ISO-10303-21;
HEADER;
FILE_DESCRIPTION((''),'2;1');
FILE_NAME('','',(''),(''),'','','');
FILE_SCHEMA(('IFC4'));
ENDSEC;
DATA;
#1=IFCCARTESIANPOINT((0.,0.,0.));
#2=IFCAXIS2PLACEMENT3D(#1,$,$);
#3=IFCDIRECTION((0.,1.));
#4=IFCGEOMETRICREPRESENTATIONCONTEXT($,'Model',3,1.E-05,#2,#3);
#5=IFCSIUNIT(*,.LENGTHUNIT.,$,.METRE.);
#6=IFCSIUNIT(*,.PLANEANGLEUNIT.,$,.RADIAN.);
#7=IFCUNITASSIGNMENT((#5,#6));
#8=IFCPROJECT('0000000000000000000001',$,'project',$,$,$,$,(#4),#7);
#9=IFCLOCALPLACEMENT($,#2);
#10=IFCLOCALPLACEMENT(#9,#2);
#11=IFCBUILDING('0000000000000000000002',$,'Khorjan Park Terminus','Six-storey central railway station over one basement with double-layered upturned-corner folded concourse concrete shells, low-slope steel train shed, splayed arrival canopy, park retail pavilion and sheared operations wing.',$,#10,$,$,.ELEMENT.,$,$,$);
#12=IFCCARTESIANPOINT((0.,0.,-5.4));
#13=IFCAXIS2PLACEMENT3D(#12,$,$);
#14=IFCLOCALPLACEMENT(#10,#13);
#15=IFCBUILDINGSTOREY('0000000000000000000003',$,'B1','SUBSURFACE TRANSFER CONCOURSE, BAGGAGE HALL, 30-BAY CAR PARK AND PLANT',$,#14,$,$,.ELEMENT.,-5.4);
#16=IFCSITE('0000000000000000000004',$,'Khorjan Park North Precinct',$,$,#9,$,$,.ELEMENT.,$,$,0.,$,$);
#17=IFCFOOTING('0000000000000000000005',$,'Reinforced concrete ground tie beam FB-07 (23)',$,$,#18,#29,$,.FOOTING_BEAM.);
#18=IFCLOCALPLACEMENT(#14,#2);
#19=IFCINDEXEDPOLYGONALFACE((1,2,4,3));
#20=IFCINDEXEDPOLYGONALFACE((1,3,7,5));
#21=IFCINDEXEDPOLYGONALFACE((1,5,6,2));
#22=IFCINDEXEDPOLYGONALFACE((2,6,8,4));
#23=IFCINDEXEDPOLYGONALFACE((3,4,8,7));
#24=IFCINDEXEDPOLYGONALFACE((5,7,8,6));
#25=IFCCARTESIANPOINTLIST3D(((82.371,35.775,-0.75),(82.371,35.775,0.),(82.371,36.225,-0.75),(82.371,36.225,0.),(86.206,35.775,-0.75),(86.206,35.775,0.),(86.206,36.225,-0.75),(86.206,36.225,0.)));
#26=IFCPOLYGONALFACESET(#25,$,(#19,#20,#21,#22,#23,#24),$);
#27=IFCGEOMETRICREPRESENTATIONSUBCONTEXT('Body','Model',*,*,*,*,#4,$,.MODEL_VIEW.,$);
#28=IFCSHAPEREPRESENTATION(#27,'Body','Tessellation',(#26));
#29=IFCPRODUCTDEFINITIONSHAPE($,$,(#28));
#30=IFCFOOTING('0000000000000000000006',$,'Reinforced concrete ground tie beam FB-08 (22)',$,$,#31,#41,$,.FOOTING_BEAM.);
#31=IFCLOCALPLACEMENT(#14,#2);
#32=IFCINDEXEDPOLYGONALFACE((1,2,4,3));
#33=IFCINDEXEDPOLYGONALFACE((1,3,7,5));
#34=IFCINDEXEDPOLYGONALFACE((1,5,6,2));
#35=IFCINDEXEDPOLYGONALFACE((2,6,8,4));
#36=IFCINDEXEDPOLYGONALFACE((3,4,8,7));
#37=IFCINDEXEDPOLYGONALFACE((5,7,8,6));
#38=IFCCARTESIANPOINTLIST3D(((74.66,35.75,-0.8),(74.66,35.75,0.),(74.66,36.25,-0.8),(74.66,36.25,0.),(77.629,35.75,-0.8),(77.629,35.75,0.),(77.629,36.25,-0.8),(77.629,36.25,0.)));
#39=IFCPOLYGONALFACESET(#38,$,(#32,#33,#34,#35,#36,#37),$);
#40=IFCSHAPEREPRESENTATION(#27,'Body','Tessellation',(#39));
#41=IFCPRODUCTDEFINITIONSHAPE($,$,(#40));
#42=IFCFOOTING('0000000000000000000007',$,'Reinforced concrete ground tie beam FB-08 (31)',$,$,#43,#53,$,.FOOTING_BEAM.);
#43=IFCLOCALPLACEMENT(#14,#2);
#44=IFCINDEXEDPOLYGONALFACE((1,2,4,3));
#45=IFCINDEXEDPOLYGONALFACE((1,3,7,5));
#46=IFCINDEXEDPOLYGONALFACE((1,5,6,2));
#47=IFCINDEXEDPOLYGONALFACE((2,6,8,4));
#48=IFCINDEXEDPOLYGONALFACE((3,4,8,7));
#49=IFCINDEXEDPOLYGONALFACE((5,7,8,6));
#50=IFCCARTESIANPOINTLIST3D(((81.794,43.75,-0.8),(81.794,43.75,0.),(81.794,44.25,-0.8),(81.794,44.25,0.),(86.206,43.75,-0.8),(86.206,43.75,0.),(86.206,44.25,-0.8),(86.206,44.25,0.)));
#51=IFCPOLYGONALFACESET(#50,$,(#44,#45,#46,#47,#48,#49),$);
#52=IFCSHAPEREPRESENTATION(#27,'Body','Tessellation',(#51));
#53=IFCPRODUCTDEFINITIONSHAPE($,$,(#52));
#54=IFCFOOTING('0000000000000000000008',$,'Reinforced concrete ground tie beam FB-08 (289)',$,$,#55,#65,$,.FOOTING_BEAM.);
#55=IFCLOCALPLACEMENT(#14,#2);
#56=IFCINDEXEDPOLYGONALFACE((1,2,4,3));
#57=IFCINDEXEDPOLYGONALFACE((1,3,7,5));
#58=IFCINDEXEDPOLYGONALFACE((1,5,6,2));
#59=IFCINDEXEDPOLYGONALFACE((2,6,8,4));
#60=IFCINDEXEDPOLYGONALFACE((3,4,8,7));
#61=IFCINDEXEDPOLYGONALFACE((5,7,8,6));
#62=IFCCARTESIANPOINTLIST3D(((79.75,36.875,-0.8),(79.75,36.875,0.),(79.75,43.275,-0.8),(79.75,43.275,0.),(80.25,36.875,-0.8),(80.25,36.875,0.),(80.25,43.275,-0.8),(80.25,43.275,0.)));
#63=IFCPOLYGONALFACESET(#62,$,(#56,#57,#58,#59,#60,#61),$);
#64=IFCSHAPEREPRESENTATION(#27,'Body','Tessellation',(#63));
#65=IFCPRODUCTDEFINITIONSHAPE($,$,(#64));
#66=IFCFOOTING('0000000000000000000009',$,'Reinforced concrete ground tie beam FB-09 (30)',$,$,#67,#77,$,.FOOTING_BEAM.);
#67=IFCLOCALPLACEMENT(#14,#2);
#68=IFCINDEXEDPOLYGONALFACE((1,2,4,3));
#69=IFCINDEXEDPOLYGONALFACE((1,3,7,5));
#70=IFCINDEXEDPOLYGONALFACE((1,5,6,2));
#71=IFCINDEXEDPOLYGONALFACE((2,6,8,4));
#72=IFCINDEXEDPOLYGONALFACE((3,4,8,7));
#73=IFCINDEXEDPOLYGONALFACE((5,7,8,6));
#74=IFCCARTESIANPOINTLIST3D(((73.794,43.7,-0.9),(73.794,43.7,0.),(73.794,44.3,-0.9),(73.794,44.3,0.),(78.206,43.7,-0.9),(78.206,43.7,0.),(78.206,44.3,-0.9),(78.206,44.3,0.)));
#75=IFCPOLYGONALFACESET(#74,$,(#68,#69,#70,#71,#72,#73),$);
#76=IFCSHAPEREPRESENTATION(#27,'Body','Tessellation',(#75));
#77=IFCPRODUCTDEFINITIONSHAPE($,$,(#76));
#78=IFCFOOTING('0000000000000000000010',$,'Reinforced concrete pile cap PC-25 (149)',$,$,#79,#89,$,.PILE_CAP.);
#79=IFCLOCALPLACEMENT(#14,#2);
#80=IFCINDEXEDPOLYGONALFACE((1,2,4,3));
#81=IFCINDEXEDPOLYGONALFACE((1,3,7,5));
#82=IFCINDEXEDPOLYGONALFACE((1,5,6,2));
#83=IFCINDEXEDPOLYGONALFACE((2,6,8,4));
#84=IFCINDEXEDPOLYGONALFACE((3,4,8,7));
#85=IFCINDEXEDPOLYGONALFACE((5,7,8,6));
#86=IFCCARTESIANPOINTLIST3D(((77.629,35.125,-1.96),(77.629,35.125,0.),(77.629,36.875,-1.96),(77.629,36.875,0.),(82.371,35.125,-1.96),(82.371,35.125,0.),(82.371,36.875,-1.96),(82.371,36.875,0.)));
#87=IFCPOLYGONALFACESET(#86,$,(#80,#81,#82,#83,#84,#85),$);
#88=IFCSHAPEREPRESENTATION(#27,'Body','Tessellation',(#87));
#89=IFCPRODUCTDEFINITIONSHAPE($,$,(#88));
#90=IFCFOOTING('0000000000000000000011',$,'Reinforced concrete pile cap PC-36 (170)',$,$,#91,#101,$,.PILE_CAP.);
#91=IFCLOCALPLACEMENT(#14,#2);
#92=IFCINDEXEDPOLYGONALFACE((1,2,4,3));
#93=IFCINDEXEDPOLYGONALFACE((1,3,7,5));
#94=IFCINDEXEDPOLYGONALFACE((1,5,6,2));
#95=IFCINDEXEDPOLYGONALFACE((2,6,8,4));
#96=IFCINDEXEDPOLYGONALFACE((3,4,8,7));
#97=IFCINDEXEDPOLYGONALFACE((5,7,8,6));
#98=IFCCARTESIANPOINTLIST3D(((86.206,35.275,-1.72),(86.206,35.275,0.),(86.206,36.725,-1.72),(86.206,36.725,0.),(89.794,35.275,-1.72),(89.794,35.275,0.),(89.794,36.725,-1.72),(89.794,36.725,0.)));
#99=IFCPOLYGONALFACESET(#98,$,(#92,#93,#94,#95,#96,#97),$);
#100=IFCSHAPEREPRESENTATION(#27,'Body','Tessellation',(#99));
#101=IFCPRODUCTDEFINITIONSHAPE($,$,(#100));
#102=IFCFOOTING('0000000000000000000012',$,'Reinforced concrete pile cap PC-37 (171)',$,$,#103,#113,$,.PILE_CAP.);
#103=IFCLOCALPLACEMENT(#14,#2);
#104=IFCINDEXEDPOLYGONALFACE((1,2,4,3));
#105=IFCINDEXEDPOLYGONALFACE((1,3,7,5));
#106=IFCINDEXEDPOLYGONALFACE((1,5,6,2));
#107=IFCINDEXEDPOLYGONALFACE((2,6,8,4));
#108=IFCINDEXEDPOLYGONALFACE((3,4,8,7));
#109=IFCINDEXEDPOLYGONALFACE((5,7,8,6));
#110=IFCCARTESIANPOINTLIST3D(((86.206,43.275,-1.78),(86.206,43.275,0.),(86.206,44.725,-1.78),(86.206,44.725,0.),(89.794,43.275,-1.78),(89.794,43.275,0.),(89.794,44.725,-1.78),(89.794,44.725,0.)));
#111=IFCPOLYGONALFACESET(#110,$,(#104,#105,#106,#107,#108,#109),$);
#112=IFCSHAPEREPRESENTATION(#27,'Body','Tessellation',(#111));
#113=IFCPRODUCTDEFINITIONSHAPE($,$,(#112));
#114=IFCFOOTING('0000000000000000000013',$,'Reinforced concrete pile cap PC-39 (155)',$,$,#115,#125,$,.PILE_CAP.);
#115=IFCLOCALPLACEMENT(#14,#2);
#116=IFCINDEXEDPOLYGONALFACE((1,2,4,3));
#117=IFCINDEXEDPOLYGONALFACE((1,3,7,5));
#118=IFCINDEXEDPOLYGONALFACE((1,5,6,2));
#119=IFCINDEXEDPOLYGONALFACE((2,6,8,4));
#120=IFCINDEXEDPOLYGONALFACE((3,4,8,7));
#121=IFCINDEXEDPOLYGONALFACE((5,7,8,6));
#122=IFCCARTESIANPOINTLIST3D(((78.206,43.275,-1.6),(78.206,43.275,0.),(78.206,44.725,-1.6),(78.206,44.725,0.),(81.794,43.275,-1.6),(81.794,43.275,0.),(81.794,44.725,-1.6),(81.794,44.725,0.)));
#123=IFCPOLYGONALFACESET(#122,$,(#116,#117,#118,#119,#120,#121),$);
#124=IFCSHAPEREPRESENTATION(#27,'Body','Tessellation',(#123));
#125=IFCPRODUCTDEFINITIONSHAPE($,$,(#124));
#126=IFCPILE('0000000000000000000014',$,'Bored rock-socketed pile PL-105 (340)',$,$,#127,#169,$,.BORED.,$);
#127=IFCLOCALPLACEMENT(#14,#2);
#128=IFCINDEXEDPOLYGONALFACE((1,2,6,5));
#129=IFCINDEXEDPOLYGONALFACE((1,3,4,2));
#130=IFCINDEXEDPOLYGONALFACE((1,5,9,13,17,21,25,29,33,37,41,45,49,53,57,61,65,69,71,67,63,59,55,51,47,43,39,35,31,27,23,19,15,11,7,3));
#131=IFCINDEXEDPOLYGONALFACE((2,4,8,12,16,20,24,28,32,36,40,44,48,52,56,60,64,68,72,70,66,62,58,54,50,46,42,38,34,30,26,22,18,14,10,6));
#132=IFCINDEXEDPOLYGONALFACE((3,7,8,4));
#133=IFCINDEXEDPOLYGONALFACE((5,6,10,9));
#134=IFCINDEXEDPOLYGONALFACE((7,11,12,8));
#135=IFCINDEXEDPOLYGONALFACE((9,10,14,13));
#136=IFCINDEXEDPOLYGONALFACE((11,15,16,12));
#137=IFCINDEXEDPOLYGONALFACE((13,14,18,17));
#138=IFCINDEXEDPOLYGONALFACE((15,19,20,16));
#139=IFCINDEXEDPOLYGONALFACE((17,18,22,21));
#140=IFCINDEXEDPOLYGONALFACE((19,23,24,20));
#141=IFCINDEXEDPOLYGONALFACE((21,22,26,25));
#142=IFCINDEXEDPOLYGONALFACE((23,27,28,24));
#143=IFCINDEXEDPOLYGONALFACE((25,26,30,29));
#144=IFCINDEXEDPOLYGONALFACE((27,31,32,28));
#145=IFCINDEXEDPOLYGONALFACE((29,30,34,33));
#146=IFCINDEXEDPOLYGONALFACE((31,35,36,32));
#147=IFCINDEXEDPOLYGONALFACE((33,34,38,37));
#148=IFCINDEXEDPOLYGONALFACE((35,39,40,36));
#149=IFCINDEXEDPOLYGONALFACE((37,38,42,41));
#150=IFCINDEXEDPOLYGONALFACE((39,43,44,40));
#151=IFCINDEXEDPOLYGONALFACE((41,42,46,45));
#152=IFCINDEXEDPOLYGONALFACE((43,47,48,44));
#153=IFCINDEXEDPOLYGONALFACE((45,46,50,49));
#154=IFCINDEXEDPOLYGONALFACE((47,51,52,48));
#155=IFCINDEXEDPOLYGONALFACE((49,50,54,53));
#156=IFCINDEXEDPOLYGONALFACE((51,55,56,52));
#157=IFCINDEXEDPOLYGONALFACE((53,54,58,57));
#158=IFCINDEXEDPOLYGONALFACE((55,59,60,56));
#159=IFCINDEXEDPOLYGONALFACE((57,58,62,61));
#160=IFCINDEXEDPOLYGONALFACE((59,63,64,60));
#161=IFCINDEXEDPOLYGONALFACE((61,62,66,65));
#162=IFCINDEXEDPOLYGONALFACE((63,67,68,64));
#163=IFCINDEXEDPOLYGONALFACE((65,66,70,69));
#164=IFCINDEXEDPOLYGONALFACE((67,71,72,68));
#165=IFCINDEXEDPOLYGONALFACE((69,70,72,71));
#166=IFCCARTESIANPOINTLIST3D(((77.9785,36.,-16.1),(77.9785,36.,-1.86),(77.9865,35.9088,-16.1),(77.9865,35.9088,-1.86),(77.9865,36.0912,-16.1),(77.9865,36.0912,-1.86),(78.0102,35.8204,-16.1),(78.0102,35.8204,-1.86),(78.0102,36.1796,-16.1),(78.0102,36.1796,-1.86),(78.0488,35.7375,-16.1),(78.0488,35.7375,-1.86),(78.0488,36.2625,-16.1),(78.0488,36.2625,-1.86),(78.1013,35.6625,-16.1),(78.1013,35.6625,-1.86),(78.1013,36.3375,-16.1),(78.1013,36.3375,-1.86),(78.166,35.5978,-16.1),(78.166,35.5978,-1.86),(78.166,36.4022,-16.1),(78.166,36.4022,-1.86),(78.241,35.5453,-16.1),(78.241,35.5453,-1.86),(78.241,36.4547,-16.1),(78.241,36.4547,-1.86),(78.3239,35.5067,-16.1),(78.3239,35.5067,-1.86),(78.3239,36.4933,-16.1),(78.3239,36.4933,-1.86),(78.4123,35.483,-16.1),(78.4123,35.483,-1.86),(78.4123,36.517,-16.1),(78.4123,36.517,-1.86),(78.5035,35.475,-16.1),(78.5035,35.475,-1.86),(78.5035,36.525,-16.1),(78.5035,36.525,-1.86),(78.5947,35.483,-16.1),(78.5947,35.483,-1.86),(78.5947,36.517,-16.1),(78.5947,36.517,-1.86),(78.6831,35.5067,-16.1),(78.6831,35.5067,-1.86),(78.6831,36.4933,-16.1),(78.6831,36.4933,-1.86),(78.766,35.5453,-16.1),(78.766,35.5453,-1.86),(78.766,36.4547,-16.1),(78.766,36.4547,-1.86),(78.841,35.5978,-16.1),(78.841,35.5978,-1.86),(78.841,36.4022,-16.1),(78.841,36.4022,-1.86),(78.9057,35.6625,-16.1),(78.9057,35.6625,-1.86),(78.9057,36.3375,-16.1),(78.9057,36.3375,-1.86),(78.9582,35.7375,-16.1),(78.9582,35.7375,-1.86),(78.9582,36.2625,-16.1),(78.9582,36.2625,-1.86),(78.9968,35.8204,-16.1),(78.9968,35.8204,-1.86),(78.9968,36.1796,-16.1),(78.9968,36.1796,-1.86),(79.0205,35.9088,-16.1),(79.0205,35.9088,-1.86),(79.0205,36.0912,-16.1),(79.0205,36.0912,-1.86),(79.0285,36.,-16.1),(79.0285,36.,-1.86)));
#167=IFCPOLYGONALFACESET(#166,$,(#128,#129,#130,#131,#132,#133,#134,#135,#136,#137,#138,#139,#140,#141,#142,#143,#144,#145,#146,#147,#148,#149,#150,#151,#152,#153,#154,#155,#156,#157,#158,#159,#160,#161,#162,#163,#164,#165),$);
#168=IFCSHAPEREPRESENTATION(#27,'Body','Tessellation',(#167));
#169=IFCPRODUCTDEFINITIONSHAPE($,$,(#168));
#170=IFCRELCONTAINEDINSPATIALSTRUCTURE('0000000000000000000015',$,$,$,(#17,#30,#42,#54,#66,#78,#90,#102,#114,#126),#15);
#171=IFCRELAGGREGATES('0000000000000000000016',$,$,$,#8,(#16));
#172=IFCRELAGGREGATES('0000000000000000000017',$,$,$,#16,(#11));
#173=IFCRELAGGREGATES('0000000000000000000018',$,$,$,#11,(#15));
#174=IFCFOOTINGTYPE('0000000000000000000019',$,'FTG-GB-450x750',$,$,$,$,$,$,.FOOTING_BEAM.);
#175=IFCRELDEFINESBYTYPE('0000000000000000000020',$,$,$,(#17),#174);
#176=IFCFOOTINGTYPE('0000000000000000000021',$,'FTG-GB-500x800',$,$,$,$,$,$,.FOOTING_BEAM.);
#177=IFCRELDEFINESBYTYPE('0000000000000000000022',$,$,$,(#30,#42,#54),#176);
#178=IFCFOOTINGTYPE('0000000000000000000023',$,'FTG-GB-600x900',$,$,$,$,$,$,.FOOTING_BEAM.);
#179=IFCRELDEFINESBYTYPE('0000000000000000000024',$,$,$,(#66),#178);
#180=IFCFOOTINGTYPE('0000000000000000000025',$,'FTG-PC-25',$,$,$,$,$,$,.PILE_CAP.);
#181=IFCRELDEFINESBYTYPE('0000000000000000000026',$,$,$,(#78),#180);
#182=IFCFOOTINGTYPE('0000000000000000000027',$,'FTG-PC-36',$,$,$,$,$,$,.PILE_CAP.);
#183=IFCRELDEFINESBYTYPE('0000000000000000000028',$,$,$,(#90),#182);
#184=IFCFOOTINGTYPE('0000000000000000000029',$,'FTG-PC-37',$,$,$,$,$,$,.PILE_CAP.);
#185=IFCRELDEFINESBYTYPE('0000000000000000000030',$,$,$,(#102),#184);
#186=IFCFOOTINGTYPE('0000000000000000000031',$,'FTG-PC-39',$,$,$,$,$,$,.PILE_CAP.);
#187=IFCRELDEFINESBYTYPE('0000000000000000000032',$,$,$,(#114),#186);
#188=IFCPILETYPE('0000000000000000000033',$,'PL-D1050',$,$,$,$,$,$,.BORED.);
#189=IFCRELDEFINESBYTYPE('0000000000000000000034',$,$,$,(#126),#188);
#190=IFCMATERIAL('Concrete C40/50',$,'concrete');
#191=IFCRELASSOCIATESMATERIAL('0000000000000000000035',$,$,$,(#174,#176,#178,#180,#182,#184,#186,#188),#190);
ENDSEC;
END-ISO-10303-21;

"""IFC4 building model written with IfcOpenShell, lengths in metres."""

from ifc_helpers import new_model, si_unit, direction, frame, origin, origin_2d, place, context, subcontext, project, spatial, rectangle, circle, extrude, material, material_profile, profile_set, type_object, element, save


model = new_model("IFC4")

# Units and contexts
model_context = context("Model", 3, precision=1e-05, world=origin(), true_north=direction((0.0, 1.0)))
body_context = subcontext(model_context, "Body", "Model", "MODEL_VIEW")
ifc_project = project(units=[si_unit("LENGTHUNIT", "METRE"), si_unit("PLANEANGLEUNIT", "RADIAN")], contexts=[model_context])

# Site, building, storey
site_placement = place(None, origin())
site = spatial("IfcSite", under=ifc_project, at=site_placement, Name="Khorjan Park North Precinct", CompositionType="ELEMENT", RefElevation=0.0)
building_placement = place(site_placement, origin())
building = spatial("IfcBuilding", under=site, at=building_placement, Name="Khorjan Park Terminus", Description="Six-storey central railway station over one basement with double-layered upturned-corner folded concourse concrete shells, low-slope steel train shed, splayed arrival canopy, park retail pavilion and sheared operations wing.", CompositionType="ELEMENT")
storey_placement = place(building_placement, frame((0.0, 0.0, -5.4)))
storey = spatial("IfcBuildingStorey", under=building, at=storey_placement, Name="B1", Description="SUBSURFACE TRANSFER CONCOURSE, BAGGAGE HALL, 30-BAY CAR PARK AND PLANT", CompositionType="ELEMENT", Elevation=-5.4)

# Footings
ifc_material_1 = material(Name="Concrete C40/50", Category="concrete")
ifc_material_profile_1 = material_profile(ifc_material_1, rectangle(XDim=0.45, YDim=0.75, at=origin_2d()), Name="RC 450x750")
ifc_profile_set_1 = profile_set([ifc_material_profile_1], Name="Concrete C40/50")
footing_type_1 = type_object("IfcFootingType", Name="FTG-GB-450x750", PredefinedType="FOOTING_BEAM", material=ifc_profile_set_1)
footing_1_placement = place(storey_placement, frame((82.371, 36.0, -0.375), z_axis=(1.0, 0.0, 0.0), x_axis=(0.0, 1.0, 0.0)))
element("IfcFooting", 1, at=footing_1_placement, inside=storey, type_object=footing_type_1, Name="Reinforced concrete ground tie beam FB-07 (23)", PredefinedType="FOOTING_BEAM", context=body_context, shape_type="SweptSolid", body=[
    extrude(rectangle(XDim=0.45, YDim=0.75, at=origin_2d()), origin(), (0.0, 0.0, 1.0), 3.835),
])
ifc_material_profile_2 = material_profile(ifc_material_1, rectangle(XDim=0.5, YDim=0.8, at=origin_2d()), Name="RC 500x800")
ifc_profile_set_2 = profile_set([ifc_material_profile_2], Name="Concrete C40/50")
footing_type_2 = type_object("IfcFootingType", Name="FTG-GB-500x800", PredefinedType="FOOTING_BEAM", material=ifc_profile_set_2)
footing_2_placement = place(storey_placement, frame((74.66, 36.0, -0.4), z_axis=(1.0, 0.0, 0.0), x_axis=(0.0, 1.0, 0.0)))
element("IfcFooting", 2, at=footing_2_placement, inside=storey, type_object=footing_type_2, Name="Reinforced concrete ground tie beam FB-08 (22)", PredefinedType="FOOTING_BEAM", context=body_context, shape_type="SweptSolid", body=[
    extrude(rectangle(XDim=0.5, YDim=0.8, at=origin_2d()), origin(), (0.0, 0.0, 1.0), 2.969),
])
footing_3_placement = place(storey_placement, frame((81.794, 44.0, -0.4), z_axis=(1.0, 0.0, 0.0), x_axis=(0.0, 1.0, 0.0)))
element("IfcFooting", 3, at=footing_3_placement, inside=storey, type_object=footing_type_2, Name="Reinforced concrete ground tie beam FB-08 (31)", PredefinedType="FOOTING_BEAM", context=body_context, shape_type="SweptSolid", body=[
    extrude(rectangle(XDim=0.5, YDim=0.8, at=origin_2d()), origin(), (0.0, 0.0, 1.0), 4.412),
])
footing_4_placement = place(storey_placement, frame((80.0, 36.875, -0.4), z_axis=(0.0, 1.0, 0.0), x_axis=(-1.0, 0.0, 0.0)))
element("IfcFooting", 4, at=footing_4_placement, inside=storey, type_object=footing_type_2, Name="Reinforced concrete ground tie beam FB-08 (289)", PredefinedType="FOOTING_BEAM", context=body_context, shape_type="SweptSolid", body=[
    extrude(rectangle(XDim=0.5, YDim=0.8, at=origin_2d()), origin(), (0.0, 0.0, 1.0), 6.4),
])
ifc_material_profile_3 = material_profile(ifc_material_1, rectangle(XDim=0.6, YDim=0.9, at=origin_2d()), Name="RC 600x900")
ifc_profile_set_3 = profile_set([ifc_material_profile_3], Name="Concrete C40/50")
footing_type_3 = type_object("IfcFootingType", Name="FTG-GB-600x900", PredefinedType="FOOTING_BEAM", material=ifc_profile_set_3)
footing_5_placement = place(storey_placement, frame((73.794, 44.0, -0.45), z_axis=(1.0, 0.0, 0.0), x_axis=(0.0, 1.0, 0.0)))
element("IfcFooting", 5, at=footing_5_placement, inside=storey, type_object=footing_type_3, Name="Reinforced concrete ground tie beam FB-09 (30)", PredefinedType="FOOTING_BEAM", context=body_context, shape_type="SweptSolid", body=[
    extrude(rectangle(XDim=0.6, YDim=0.9, at=origin_2d()), origin(), (0.0, 0.0, 1.0), 4.412),
])
footing_type_4 = type_object("IfcFootingType", Name="FTG-PC-25", PredefinedType="PILE_CAP", material=ifc_material_1)
footing_6_placement = place(storey_placement, frame((80.0, 36.0, -1.96), z_axis=(0.0, 0.0, 1.0), x_axis=(1.0, 0.0, 0.0)))
element("IfcFooting", 6, at=footing_6_placement, inside=storey, type_object=footing_type_4, Name="Reinforced concrete pile cap PC-25 (149)", PredefinedType="PILE_CAP", context=body_context, shape_type="SweptSolid", body=[
    extrude(rectangle(XDim=4.742, YDim=1.75, at=origin_2d()), origin(), (0.0, 0.0, 1.0), 1.96),
])
footing_type_5 = type_object("IfcFootingType", Name="FTG-PC-36", PredefinedType="PILE_CAP", material=ifc_material_1)
footing_7_placement = place(storey_placement, frame((88.0, 36.0, -1.72), z_axis=(0.0, 0.0, 1.0), x_axis=(1.0, 0.0, 0.0)))
element("IfcFooting", 7, at=footing_7_placement, inside=storey, type_object=footing_type_5, Name="Reinforced concrete pile cap PC-36 (170)", PredefinedType="PILE_CAP", context=body_context, shape_type="SweptSolid", body=[
    extrude(rectangle(XDim=3.588, YDim=1.45, at=origin_2d()), origin(), (0.0, 0.0, 1.0), 1.72),
])
footing_type_6 = type_object("IfcFootingType", Name="FTG-PC-37", PredefinedType="PILE_CAP", material=ifc_material_1)
footing_8_placement = place(storey_placement, frame((88.0, 44.0, -1.78), z_axis=(0.0, 0.0, 1.0), x_axis=(1.0, 0.0, 0.0)))
element("IfcFooting", 8, at=footing_8_placement, inside=storey, type_object=footing_type_6, Name="Reinforced concrete pile cap PC-37 (171)", PredefinedType="PILE_CAP", context=body_context, shape_type="SweptSolid", body=[
    extrude(rectangle(XDim=3.588, YDim=1.45, at=origin_2d()), origin(), (0.0, 0.0, 1.0), 1.78),
])
footing_type_7 = type_object("IfcFootingType", Name="FTG-PC-39", PredefinedType="PILE_CAP", material=ifc_material_1)
footing_9_placement = place(storey_placement, frame((80.0, 44.0, -1.6), z_axis=(0.0, 0.0, 1.0), x_axis=(1.0, 0.0, 0.0)))
element("IfcFooting", 9, at=footing_9_placement, inside=storey, type_object=footing_type_7, Name="Reinforced concrete pile cap PC-39 (155)", PredefinedType="PILE_CAP", context=body_context, shape_type="SweptSolid", body=[
    extrude(rectangle(XDim=3.588, YDim=1.45, at=origin_2d()), origin(), (0.0, 0.0, 1.0), 1.6),
])

# Pile
ifc_material_profile_4 = material_profile(ifc_material_1, circle(Radius=0.525, at=origin_2d()), Name="BORED D1050")
ifc_profile_set_4 = profile_set([ifc_material_profile_4], Name="Concrete C40/50")
pile_type_1 = type_object("IfcPileType", Name="PL-D1050", PredefinedType="BORED", material=ifc_profile_set_4)
for number, where, z_axis, x_axis, name in (
    (10, (78.5035, 36.0, -1.86), (0.0, 0.0, -1.0), (1.0, 0.0, 0.0), "Bored rock-socketed pile PL-105 (340)"),
):
    element("IfcPile", number, at=place(storey_placement, frame(where, z_axis=z_axis, x_axis=x_axis)), inside=storey, type_object=pile_type_1, Name=name, PredefinedType="BORED", context=body_context, shape_type="SweptSolid", body=[
        extrude(circle(Radius=0.525, at=origin_2d()), origin(), (0.0, 0.0, 1.0), 14.24),
    ])

save(model, "model.ifc")
